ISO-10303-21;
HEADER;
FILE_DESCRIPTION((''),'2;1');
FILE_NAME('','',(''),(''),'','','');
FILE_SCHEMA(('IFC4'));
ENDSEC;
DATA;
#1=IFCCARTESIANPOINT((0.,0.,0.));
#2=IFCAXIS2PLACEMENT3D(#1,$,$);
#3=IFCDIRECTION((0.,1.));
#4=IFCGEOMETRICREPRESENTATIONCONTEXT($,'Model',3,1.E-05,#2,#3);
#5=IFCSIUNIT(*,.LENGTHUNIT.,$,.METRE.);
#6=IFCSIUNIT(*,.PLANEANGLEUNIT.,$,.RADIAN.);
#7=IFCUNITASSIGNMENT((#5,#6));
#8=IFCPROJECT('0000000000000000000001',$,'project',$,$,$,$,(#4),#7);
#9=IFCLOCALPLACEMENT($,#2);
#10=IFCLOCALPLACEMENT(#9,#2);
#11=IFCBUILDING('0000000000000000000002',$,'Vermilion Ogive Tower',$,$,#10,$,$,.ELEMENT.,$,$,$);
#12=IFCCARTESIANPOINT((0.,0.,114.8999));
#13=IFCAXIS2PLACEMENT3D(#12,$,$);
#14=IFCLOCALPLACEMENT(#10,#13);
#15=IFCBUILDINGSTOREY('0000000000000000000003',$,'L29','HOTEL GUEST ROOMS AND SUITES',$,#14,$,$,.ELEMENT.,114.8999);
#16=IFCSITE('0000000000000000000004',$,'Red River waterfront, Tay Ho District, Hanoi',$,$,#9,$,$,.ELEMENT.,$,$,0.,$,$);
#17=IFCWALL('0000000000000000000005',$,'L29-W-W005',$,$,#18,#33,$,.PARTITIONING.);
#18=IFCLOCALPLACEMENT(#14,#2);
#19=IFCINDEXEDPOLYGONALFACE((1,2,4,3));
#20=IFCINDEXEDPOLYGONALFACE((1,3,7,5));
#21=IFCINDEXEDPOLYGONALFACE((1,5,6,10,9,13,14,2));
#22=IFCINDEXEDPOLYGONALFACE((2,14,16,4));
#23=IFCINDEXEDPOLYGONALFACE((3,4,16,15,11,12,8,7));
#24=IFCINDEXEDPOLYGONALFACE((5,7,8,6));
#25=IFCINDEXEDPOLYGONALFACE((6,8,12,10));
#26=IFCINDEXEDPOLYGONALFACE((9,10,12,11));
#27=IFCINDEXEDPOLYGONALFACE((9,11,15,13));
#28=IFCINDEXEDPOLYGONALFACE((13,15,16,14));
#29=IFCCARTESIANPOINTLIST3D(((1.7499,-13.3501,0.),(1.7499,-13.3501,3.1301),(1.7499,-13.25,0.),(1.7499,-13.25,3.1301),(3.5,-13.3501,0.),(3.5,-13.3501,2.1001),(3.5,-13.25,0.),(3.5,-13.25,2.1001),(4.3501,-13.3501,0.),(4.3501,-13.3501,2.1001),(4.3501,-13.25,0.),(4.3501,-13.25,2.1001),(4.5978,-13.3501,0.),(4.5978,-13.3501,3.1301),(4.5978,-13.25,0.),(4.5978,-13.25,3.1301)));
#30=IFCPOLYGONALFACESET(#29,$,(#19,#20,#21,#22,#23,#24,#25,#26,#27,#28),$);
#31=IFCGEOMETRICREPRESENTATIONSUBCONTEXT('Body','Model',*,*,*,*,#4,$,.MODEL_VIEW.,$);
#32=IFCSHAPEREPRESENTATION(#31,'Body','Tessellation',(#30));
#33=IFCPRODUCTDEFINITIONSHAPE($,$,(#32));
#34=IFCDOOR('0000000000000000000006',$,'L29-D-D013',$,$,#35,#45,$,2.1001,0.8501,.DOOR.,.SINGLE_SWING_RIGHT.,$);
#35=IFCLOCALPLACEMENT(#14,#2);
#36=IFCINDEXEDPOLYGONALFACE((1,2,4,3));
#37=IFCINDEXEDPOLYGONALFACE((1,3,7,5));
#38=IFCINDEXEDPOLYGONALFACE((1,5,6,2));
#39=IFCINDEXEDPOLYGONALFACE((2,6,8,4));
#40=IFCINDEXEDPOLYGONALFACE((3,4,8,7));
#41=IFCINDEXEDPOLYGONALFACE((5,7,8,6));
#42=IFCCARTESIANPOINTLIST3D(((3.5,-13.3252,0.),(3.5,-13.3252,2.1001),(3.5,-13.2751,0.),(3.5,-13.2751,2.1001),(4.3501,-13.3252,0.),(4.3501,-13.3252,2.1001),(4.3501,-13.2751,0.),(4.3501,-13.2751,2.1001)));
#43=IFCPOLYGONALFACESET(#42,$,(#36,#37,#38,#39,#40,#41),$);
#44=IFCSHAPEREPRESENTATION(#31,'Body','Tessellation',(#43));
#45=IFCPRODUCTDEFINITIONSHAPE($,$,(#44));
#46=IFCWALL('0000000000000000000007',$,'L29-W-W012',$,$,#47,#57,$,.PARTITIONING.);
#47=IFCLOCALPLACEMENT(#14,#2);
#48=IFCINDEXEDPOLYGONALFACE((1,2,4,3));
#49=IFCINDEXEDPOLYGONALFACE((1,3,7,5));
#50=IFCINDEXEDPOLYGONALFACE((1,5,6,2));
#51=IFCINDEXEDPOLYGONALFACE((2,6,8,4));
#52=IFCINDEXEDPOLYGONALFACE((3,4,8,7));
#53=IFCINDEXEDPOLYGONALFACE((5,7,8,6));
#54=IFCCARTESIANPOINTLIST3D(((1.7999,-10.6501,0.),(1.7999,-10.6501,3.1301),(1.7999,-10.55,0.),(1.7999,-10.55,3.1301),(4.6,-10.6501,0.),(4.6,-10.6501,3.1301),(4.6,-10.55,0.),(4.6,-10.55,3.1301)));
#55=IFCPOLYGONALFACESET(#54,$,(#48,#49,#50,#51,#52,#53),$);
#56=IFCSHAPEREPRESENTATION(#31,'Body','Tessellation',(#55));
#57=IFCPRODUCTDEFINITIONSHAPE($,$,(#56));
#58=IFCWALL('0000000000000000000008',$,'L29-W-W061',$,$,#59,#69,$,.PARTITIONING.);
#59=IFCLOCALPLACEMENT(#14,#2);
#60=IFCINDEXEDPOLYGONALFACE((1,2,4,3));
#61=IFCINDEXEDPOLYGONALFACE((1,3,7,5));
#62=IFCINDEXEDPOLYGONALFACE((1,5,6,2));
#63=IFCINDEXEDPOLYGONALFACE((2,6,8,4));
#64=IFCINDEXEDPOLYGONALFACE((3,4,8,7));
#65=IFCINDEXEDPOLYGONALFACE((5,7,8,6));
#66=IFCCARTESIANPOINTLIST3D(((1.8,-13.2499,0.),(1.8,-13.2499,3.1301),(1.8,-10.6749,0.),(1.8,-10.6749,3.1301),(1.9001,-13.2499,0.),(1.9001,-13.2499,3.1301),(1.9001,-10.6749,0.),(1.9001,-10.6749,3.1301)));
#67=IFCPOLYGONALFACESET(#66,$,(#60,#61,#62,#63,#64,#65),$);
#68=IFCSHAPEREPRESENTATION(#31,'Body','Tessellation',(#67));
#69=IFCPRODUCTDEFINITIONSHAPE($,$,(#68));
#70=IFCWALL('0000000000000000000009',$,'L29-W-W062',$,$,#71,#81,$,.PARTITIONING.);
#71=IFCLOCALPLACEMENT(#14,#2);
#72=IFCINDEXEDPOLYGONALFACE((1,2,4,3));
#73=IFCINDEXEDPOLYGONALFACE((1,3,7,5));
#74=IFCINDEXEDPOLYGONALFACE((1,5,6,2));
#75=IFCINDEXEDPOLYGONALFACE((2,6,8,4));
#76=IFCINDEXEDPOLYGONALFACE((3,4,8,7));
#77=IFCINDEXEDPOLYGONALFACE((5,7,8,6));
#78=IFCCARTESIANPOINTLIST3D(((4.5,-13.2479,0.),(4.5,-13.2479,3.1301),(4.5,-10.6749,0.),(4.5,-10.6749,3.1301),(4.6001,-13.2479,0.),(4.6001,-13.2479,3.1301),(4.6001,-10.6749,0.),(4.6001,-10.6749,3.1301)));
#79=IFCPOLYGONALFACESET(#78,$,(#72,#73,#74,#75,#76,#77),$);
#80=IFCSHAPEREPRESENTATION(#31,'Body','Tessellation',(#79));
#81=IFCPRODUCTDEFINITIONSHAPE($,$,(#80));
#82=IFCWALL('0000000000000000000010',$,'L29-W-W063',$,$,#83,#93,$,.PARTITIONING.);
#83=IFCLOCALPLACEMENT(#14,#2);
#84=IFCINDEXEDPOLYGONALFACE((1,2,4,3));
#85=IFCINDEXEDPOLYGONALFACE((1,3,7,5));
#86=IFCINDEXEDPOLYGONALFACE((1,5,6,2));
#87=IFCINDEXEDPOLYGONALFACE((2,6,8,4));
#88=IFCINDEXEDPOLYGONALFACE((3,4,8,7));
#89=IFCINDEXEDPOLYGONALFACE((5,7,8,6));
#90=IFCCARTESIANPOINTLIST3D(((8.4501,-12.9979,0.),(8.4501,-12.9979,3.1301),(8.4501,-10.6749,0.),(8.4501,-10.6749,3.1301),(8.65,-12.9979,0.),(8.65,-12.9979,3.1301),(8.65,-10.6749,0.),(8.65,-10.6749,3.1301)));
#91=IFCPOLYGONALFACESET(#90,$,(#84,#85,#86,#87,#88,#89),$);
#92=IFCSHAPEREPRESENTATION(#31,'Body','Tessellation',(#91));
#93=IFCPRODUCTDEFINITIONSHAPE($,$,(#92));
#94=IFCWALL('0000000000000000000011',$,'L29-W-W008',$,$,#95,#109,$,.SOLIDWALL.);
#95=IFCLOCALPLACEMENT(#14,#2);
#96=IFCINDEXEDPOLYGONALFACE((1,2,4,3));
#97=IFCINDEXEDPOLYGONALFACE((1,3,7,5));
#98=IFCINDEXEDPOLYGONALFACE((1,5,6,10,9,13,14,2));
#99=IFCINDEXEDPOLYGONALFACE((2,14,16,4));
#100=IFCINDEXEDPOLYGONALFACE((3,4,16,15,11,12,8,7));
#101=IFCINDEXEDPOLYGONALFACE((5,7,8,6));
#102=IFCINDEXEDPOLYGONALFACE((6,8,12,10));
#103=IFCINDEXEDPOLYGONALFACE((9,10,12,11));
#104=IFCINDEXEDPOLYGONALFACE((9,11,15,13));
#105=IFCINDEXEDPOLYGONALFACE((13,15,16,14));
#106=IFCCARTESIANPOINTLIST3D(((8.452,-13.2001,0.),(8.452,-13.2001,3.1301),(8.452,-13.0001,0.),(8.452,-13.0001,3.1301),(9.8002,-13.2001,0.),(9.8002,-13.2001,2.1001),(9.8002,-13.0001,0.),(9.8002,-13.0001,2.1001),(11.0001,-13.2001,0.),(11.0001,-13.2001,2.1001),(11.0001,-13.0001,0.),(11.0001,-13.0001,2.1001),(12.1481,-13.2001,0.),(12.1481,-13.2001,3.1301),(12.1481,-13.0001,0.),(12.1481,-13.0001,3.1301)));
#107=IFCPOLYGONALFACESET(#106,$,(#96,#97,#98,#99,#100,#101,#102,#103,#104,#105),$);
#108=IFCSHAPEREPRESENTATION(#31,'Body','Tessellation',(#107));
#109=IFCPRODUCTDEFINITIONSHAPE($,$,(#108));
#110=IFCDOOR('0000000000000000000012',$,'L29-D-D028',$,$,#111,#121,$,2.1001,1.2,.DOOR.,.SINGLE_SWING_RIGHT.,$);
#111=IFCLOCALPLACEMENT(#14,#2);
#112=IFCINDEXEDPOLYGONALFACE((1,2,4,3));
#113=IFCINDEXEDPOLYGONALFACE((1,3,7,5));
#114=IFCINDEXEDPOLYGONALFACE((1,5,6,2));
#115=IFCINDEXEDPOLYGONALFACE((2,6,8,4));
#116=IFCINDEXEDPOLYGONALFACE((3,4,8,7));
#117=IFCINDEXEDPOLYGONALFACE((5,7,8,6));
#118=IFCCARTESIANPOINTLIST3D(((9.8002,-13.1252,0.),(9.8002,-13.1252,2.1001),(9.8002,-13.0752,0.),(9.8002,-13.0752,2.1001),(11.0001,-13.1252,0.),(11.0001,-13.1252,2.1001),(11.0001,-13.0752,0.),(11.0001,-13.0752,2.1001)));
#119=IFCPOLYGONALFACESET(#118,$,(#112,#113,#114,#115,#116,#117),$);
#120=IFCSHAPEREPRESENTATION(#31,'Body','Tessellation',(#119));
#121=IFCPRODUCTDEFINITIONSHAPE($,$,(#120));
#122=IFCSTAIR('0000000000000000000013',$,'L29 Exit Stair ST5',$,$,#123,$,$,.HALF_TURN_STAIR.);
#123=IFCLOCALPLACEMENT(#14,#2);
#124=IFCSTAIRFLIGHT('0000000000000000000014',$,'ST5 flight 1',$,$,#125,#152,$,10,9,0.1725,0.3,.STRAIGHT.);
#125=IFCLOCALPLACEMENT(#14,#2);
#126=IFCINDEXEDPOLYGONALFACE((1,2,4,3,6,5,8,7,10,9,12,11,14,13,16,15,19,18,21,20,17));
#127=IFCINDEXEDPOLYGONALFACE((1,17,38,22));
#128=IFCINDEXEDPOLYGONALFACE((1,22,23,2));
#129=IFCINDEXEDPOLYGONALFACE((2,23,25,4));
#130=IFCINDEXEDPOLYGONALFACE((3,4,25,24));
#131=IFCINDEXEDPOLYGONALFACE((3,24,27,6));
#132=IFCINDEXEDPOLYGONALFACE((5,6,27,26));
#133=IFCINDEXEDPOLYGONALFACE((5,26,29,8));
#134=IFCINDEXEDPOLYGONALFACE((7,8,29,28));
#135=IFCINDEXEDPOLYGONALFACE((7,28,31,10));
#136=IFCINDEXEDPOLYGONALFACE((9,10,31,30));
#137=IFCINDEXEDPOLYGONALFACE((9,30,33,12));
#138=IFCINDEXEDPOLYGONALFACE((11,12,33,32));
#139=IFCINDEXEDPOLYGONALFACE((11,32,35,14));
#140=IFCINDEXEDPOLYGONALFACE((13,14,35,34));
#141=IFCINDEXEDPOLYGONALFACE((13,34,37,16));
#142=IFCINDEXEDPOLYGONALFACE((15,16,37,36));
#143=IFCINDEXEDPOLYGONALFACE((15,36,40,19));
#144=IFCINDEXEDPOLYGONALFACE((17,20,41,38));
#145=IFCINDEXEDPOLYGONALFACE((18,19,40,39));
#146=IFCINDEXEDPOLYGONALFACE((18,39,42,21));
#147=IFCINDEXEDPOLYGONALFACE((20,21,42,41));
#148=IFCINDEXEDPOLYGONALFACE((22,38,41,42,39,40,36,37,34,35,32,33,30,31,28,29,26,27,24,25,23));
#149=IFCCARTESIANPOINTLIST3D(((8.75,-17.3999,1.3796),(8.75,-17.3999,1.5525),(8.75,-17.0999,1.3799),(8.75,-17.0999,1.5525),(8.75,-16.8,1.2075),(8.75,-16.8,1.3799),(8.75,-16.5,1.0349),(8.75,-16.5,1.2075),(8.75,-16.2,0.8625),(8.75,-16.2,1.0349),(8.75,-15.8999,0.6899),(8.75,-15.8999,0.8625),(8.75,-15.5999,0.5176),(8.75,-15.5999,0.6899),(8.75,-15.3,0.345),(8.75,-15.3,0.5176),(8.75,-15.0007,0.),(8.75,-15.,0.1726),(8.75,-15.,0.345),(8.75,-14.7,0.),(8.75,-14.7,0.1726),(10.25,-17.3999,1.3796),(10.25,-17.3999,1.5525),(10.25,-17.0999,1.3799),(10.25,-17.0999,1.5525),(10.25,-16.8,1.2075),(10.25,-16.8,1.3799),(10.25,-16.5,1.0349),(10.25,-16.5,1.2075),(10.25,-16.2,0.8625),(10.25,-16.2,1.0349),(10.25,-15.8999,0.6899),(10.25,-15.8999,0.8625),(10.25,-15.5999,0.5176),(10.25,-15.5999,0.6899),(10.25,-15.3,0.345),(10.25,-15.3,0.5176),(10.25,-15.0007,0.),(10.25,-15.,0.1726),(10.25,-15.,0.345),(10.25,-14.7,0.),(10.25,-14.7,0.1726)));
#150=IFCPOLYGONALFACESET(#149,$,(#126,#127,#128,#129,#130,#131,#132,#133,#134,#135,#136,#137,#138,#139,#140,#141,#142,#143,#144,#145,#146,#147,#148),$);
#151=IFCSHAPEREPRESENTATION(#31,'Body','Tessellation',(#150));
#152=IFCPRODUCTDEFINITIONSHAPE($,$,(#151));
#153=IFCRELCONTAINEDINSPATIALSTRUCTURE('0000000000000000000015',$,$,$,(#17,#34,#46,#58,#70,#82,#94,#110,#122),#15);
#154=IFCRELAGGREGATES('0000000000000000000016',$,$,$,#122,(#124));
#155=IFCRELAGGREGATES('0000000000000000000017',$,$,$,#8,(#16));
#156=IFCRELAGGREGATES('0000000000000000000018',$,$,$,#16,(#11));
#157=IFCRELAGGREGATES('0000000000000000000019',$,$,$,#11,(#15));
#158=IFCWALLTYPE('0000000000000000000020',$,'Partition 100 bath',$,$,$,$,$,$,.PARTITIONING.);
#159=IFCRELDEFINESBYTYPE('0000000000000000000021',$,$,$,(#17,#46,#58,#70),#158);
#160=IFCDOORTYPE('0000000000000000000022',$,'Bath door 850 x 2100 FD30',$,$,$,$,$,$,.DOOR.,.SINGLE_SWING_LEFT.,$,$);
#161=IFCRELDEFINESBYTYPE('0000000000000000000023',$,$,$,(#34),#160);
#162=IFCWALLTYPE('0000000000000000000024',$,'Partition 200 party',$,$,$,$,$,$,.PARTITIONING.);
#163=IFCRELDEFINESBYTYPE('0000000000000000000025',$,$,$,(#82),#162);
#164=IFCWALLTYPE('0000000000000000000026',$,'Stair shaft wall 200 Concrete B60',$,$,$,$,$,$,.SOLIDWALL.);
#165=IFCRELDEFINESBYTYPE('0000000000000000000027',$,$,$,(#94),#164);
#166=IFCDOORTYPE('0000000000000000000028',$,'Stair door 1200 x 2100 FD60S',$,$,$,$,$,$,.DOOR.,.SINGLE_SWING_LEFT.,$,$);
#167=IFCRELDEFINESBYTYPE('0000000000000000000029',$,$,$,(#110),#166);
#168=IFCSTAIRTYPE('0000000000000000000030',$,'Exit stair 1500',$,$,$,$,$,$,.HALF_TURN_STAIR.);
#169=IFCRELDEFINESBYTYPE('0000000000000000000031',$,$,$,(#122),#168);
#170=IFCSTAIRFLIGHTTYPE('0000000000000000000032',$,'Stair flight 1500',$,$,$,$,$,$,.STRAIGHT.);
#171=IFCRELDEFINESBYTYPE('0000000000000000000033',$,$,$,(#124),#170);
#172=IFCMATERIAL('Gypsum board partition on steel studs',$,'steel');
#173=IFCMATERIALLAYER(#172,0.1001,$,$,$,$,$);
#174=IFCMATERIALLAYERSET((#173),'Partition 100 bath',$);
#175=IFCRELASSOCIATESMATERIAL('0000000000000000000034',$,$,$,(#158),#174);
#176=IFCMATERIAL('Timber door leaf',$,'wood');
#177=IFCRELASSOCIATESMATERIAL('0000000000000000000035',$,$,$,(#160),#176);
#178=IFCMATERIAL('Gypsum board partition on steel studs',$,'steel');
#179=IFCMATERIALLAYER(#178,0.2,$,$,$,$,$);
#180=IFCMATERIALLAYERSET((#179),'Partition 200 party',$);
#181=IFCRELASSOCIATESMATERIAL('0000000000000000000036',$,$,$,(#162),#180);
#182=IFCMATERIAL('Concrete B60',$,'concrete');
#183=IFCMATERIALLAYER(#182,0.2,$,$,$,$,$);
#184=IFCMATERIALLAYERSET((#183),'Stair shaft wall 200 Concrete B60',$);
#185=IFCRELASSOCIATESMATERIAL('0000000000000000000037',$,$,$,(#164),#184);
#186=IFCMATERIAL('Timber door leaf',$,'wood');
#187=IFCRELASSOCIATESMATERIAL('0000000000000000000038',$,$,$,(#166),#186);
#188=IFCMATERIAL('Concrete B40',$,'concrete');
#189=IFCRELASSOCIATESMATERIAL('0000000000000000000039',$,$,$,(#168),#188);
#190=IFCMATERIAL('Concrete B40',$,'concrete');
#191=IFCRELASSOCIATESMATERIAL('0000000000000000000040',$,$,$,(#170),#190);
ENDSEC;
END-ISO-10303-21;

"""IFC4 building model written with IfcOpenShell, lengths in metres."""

from ifc_helpers import new_model, si_unit, direction, frame, frame_2d, origin, place, context, subcontext, project, spatial, polyline, rectangle, outline, extrude, material, layer, layer_set, type_object, element, fill, aggregate, save


model = new_model("IFC4")

# Units and contexts
model_context = context("Model", 3, precision=1e-05, world=origin(), true_north=direction((0.0, 1.0)))
body_context = subcontext(model_context, "Body", "Model", "MODEL_VIEW")
ifc_project = project(units=[si_unit("LENGTHUNIT", "METRE"), si_unit("PLANEANGLEUNIT", "RADIAN")], contexts=[model_context])

# Site, building, storey
site_placement = place(None, origin())
site = spatial("IfcSite", under=ifc_project, at=site_placement, Name="Red River waterfront, Tay Ho District, Hanoi", CompositionType="ELEMENT", RefElevation=0.0)
building_placement = place(site_placement, origin())
building = spatial("IfcBuilding", under=site, at=building_placement, Name="Vermilion Ogive Tower", CompositionType="ELEMENT")
storey_placement = place(building_placement, frame((0.0, 0.0, 114.8999)))
storey = spatial("IfcBuildingStorey", under=building, at=storey_placement, Name="L29", Description="HOTEL GUEST ROOMS AND SUITES", CompositionType="ELEMENT", Elevation=114.8999)

# Wall, opening, door
ifc_material_1 = material(Name="Gypsum board partition on steel studs", Category="steel")
ifc_layer_1 = layer(ifc_material_1, 0.1001)
ifc_layer_set_1 = layer_set([ifc_layer_1], Name="Partition 100 bath")
wall_type_1 = type_object("IfcWallType", Name="Partition 100 bath", PredefinedType="PARTITIONING", material=ifc_layer_set_1)
wall_1_placement = place(storey_placement, frame((1.75, -13.3, 0.0), z_axis=(0.0, 0.0, 1.0), x_axis=(1.0, 0.0, 0.0)))
wall_1 = element("IfcWall", 1, at=wall_1_placement, inside=storey, type_object=wall_type_1, Name="L29-W-W005", PredefinedType="PARTITIONING", context=body_context, shape_type="SweptSolid", body=[
    extrude(rectangle(XDim=2.8479, YDim=0.1001, at=frame_2d((1.4238, 0.0))), origin(), (0.0, 0.0, 1.0), 3.1301),
])
opening_1_placement = place(wall_1_placement, frame((1.75, 0.0, 0.0)))
opening_1 = element("IfcOpeningElement", 2, at=opening_1_placement, cuts=wall_1, PredefinedType="OPENING", context=body_context, shape_type="SweptSolid", body=[
    extrude(rectangle(XDim=0.8501, YDim=2.1001, at=frame_2d((0.425, 1.05))), frame((0.0, 0.0601, 0.0), z_axis=(0.0, -1.0, 0.0), x_axis=(1.0, 0.0, 0.0)), (0.0, 0.0, 1.0), 0.1201),
])
ifc_material_2 = material(Name="Timber door leaf", Category="wood")
door_type_1 = type_object("IfcDoorType", Name="Bath door 850 x 2100 FD30", OperationType="SINGLE_SWING_LEFT", PredefinedType="DOOR", material=ifc_material_2)
door_1_placement = place(opening_1_placement, origin())
door_1 = element("IfcDoor", 3, at=door_1_placement, inside=storey, type_object=door_type_1, Name="L29-D-D013", OperationType="SINGLE_SWING_RIGHT", OverallHeight=2.1001, OverallWidth=0.8501, PredefinedType="DOOR", context=body_context, shape_type="SweptSolid", body=[
    extrude(rectangle(XDim=0.8501, YDim=2.1001, at=frame_2d((0.425, 1.05))), frame((0.0, 0.0249, 0.0), z_axis=(0.0, -1.0, 0.0), x_axis=(1.0, 0.0, 0.0)), (0.0, 0.0, 1.0), 0.05),
])
fill(opening_1, door_1)

# Walls
wall_2_placement = place(storey_placement, frame((1.8, -10.6001, 0.0), z_axis=(0.0, 0.0, 1.0), x_axis=(1.0, 0.0, 0.0)))
element("IfcWall", 4, at=wall_2_placement, inside=storey, type_object=wall_type_1, Name="L29-W-W012", PredefinedType="PARTITIONING", context=body_context, shape_type="SweptSolid", body=[
    extrude(rectangle(XDim=2.8, YDim=0.1001, at=frame_2d((1.3999, 0.0))), origin(), (0.0, 0.0, 1.0), 3.1301),
])
wall_3_placement = place(storey_placement, frame((1.8501, -13.25, 0.0), z_axis=(0.0, 0.0, 1.0), x_axis=(0.0, 1.0, 0.0)))
element("IfcWall", 5, at=wall_3_placement, inside=storey, type_object=wall_type_1, Name="L29-W-W061", PredefinedType="PARTITIONING", context=body_context, shape_type="SweptSolid", body=[
    extrude(rectangle(XDim=2.575, YDim=0.1001, at=frame_2d((1.2876, 0.0))), origin(), (0.0, 0.0, 1.0), 3.1301),
])
wall_4_placement = place(storey_placement, frame((4.55, -13.248, 0.0), z_axis=(0.0, 0.0, 1.0), x_axis=(0.0, 1.0, 0.0)))
element("IfcWall", 6, at=wall_4_placement, inside=storey, type_object=wall_type_1, Name="L29-W-W062", PredefinedType="PARTITIONING", context=body_context, shape_type="SweptSolid", body=[
    extrude(rectangle(XDim=2.573, YDim=0.1001, at=frame_2d((1.2866, 0.0))), origin(), (0.0, 0.0, 1.0), 3.1301),
])
ifc_material_3 = material(Name="Gypsum board partition on steel studs", Category="steel")
ifc_layer_2 = layer(ifc_material_3, 0.2)
ifc_layer_set_2 = layer_set([ifc_layer_2], Name="Partition 200 party")
wall_type_2 = type_object("IfcWallType", Name="Partition 200 party", PredefinedType="PARTITIONING", material=ifc_layer_set_2)
wall_5_placement = place(storey_placement, frame((8.55, -12.998, 0.0), z_axis=(0.0, 0.0, 1.0), x_axis=(0.0, 1.0, 0.0)))
element("IfcWall", 7, at=wall_5_placement, inside=storey, type_object=wall_type_2, Name="L29-W-W063", PredefinedType="PARTITIONING", context=body_context, shape_type="SweptSolid", body=[
    extrude(rectangle(XDim=2.323, YDim=0.2, at=frame_2d((1.1616, 0.0))), origin(), (0.0, 0.0, 1.0), 3.1301),
])

# Wall, opening, door
ifc_material_4 = material(Name="Concrete B60", Category="concrete")
ifc_layer_3 = layer(ifc_material_4, 0.2)
ifc_layer_set_3 = layer_set([ifc_layer_3], Name="Stair shaft wall 200 Concrete B60")
wall_type_3 = type_object("IfcWallType", Name="Stair shaft wall 200 Concrete B60", PredefinedType="SOLIDWALL", material=ifc_layer_set_3)
wall_6_placement = place(storey_placement, frame((8.4519, -13.1001, 0.0), z_axis=(0.0, 0.0, 1.0), x_axis=(1.0, 0.0, 0.0)))
wall_6 = element("IfcWall", 8, at=wall_6_placement, inside=storey, type_object=wall_type_3, Name="L29-W-W008", PredefinedType="SOLIDWALL", context=body_context, shape_type="SweptSolid", body=[
    extrude(rectangle(XDim=3.696, YDim=0.2, at=frame_2d((1.8481, 0.0))), origin(), (0.0, 0.0, 1.0), 3.1301),
])
opening_2_placement = place(wall_6_placement, frame((1.3481, 0.0, 0.0)))
opening_2 = element("IfcOpeningElement", 9, at=opening_2_placement, cuts=wall_6, PredefinedType="OPENING", context=body_context, shape_type="SweptSolid", body=[
    extrude(rectangle(XDim=1.2, YDim=2.1001, at=frame_2d((0.6001, 1.05))), frame((0.0, 0.1099, 0.0), z_axis=(0.0, -1.0, 0.0), x_axis=(1.0, 0.0, 0.0)), (0.0, 0.0, 1.0), 0.22),
])
ifc_material_5 = material(Name="Timber door leaf", Category="wood")
door_type_2 = type_object("IfcDoorType", Name="Stair door 1200 x 2100 FD60S", OperationType="SINGLE_SWING_LEFT", PredefinedType="DOOR", material=ifc_material_5)
door_2_placement = place(opening_2_placement, origin())
door_2 = element("IfcDoor", 10, at=door_2_placement, inside=storey, type_object=door_type_2, Name="L29-D-D028", OperationType="SINGLE_SWING_RIGHT", OverallHeight=2.1001, OverallWidth=1.2, PredefinedType="DOOR", context=body_context, shape_type="SweptSolid", body=[
    extrude(rectangle(XDim=1.2, YDim=2.1001, at=frame_2d((0.6001, 1.05))), frame((0.0, 0.0249, 0.0), z_axis=(0.0, -1.0, 0.0), x_axis=(1.0, 0.0, 0.0)), (0.0, 0.0, 1.0), 0.05),
])
fill(opening_2, door_2)

# Stair, stair flight
ifc_material_6 = material(Name="Concrete B40", Category="concrete")
stair_type = type_object("IfcStairType", Name="Exit stair 1500", PredefinedType="HALF_TURN_STAIR", material=ifc_material_6)
stair_placement = place(storey_placement, origin())
stair = element("IfcStair", 11, at=stair_placement, inside=storey, type_object=stair_type, Name="L29 Exit Stair ST5", PredefinedType="HALF_TURN_STAIR")
ifc_material_7 = material(Name="Concrete B40", Category="concrete")
stair_flight_type = type_object("IfcStairFlightType", Name="Stair flight 1500", PredefinedType="STRAIGHT", material=ifc_material_7)
stair_flight_1_placement = place(storey_placement, frame((9.5, -14.7, 0.0), z_axis=(0.0, 0.0, 1.0), x_axis=(0.0, -1.0, 0.0)))
stair_flight_1 = element("IfcStairFlight", 12, at=stair_flight_1_placement, type_object=stair_flight_type, Name="ST5 flight 1", NumberOfRisers=10, NumberOfTreads=9, PredefinedType="STRAIGHT", RiserHeight=0.1725, TreadLength=0.3, context=body_context, shape_type="SweptSolid", body=[
    extrude(outline(polyline([(0.0, 0.0), (0.0, 0.1726), (0.3, 0.1726), (0.3, 0.345), (0.6001, 0.345), (0.6001, 0.5176), (0.8999, 0.5176), (0.8999, 0.6899), (1.2, 0.6899), (1.2, 0.8625), (1.5, 0.8625), (1.5, 1.0349), (1.8, 1.0349), (1.8, 1.2075), (2.1001, 1.2075), (2.1001, 1.3799), (2.3999, 1.3799), (2.3999, 1.5525), (2.7, 1.5525), (2.7, 1.7251), (2.7, 1.3796), (0.3008, 0.0), (0.0, 0.0)])), frame((0.0, 0.75, 0.0), z_axis=(0.0, -1.0, 0.0), x_axis=(1.0, 0.0, 0.0)), (0.0, 0.0, 1.0), 1.5),
])
aggregate(stair, [stair_flight_1])

save(model, "model.ifc")
